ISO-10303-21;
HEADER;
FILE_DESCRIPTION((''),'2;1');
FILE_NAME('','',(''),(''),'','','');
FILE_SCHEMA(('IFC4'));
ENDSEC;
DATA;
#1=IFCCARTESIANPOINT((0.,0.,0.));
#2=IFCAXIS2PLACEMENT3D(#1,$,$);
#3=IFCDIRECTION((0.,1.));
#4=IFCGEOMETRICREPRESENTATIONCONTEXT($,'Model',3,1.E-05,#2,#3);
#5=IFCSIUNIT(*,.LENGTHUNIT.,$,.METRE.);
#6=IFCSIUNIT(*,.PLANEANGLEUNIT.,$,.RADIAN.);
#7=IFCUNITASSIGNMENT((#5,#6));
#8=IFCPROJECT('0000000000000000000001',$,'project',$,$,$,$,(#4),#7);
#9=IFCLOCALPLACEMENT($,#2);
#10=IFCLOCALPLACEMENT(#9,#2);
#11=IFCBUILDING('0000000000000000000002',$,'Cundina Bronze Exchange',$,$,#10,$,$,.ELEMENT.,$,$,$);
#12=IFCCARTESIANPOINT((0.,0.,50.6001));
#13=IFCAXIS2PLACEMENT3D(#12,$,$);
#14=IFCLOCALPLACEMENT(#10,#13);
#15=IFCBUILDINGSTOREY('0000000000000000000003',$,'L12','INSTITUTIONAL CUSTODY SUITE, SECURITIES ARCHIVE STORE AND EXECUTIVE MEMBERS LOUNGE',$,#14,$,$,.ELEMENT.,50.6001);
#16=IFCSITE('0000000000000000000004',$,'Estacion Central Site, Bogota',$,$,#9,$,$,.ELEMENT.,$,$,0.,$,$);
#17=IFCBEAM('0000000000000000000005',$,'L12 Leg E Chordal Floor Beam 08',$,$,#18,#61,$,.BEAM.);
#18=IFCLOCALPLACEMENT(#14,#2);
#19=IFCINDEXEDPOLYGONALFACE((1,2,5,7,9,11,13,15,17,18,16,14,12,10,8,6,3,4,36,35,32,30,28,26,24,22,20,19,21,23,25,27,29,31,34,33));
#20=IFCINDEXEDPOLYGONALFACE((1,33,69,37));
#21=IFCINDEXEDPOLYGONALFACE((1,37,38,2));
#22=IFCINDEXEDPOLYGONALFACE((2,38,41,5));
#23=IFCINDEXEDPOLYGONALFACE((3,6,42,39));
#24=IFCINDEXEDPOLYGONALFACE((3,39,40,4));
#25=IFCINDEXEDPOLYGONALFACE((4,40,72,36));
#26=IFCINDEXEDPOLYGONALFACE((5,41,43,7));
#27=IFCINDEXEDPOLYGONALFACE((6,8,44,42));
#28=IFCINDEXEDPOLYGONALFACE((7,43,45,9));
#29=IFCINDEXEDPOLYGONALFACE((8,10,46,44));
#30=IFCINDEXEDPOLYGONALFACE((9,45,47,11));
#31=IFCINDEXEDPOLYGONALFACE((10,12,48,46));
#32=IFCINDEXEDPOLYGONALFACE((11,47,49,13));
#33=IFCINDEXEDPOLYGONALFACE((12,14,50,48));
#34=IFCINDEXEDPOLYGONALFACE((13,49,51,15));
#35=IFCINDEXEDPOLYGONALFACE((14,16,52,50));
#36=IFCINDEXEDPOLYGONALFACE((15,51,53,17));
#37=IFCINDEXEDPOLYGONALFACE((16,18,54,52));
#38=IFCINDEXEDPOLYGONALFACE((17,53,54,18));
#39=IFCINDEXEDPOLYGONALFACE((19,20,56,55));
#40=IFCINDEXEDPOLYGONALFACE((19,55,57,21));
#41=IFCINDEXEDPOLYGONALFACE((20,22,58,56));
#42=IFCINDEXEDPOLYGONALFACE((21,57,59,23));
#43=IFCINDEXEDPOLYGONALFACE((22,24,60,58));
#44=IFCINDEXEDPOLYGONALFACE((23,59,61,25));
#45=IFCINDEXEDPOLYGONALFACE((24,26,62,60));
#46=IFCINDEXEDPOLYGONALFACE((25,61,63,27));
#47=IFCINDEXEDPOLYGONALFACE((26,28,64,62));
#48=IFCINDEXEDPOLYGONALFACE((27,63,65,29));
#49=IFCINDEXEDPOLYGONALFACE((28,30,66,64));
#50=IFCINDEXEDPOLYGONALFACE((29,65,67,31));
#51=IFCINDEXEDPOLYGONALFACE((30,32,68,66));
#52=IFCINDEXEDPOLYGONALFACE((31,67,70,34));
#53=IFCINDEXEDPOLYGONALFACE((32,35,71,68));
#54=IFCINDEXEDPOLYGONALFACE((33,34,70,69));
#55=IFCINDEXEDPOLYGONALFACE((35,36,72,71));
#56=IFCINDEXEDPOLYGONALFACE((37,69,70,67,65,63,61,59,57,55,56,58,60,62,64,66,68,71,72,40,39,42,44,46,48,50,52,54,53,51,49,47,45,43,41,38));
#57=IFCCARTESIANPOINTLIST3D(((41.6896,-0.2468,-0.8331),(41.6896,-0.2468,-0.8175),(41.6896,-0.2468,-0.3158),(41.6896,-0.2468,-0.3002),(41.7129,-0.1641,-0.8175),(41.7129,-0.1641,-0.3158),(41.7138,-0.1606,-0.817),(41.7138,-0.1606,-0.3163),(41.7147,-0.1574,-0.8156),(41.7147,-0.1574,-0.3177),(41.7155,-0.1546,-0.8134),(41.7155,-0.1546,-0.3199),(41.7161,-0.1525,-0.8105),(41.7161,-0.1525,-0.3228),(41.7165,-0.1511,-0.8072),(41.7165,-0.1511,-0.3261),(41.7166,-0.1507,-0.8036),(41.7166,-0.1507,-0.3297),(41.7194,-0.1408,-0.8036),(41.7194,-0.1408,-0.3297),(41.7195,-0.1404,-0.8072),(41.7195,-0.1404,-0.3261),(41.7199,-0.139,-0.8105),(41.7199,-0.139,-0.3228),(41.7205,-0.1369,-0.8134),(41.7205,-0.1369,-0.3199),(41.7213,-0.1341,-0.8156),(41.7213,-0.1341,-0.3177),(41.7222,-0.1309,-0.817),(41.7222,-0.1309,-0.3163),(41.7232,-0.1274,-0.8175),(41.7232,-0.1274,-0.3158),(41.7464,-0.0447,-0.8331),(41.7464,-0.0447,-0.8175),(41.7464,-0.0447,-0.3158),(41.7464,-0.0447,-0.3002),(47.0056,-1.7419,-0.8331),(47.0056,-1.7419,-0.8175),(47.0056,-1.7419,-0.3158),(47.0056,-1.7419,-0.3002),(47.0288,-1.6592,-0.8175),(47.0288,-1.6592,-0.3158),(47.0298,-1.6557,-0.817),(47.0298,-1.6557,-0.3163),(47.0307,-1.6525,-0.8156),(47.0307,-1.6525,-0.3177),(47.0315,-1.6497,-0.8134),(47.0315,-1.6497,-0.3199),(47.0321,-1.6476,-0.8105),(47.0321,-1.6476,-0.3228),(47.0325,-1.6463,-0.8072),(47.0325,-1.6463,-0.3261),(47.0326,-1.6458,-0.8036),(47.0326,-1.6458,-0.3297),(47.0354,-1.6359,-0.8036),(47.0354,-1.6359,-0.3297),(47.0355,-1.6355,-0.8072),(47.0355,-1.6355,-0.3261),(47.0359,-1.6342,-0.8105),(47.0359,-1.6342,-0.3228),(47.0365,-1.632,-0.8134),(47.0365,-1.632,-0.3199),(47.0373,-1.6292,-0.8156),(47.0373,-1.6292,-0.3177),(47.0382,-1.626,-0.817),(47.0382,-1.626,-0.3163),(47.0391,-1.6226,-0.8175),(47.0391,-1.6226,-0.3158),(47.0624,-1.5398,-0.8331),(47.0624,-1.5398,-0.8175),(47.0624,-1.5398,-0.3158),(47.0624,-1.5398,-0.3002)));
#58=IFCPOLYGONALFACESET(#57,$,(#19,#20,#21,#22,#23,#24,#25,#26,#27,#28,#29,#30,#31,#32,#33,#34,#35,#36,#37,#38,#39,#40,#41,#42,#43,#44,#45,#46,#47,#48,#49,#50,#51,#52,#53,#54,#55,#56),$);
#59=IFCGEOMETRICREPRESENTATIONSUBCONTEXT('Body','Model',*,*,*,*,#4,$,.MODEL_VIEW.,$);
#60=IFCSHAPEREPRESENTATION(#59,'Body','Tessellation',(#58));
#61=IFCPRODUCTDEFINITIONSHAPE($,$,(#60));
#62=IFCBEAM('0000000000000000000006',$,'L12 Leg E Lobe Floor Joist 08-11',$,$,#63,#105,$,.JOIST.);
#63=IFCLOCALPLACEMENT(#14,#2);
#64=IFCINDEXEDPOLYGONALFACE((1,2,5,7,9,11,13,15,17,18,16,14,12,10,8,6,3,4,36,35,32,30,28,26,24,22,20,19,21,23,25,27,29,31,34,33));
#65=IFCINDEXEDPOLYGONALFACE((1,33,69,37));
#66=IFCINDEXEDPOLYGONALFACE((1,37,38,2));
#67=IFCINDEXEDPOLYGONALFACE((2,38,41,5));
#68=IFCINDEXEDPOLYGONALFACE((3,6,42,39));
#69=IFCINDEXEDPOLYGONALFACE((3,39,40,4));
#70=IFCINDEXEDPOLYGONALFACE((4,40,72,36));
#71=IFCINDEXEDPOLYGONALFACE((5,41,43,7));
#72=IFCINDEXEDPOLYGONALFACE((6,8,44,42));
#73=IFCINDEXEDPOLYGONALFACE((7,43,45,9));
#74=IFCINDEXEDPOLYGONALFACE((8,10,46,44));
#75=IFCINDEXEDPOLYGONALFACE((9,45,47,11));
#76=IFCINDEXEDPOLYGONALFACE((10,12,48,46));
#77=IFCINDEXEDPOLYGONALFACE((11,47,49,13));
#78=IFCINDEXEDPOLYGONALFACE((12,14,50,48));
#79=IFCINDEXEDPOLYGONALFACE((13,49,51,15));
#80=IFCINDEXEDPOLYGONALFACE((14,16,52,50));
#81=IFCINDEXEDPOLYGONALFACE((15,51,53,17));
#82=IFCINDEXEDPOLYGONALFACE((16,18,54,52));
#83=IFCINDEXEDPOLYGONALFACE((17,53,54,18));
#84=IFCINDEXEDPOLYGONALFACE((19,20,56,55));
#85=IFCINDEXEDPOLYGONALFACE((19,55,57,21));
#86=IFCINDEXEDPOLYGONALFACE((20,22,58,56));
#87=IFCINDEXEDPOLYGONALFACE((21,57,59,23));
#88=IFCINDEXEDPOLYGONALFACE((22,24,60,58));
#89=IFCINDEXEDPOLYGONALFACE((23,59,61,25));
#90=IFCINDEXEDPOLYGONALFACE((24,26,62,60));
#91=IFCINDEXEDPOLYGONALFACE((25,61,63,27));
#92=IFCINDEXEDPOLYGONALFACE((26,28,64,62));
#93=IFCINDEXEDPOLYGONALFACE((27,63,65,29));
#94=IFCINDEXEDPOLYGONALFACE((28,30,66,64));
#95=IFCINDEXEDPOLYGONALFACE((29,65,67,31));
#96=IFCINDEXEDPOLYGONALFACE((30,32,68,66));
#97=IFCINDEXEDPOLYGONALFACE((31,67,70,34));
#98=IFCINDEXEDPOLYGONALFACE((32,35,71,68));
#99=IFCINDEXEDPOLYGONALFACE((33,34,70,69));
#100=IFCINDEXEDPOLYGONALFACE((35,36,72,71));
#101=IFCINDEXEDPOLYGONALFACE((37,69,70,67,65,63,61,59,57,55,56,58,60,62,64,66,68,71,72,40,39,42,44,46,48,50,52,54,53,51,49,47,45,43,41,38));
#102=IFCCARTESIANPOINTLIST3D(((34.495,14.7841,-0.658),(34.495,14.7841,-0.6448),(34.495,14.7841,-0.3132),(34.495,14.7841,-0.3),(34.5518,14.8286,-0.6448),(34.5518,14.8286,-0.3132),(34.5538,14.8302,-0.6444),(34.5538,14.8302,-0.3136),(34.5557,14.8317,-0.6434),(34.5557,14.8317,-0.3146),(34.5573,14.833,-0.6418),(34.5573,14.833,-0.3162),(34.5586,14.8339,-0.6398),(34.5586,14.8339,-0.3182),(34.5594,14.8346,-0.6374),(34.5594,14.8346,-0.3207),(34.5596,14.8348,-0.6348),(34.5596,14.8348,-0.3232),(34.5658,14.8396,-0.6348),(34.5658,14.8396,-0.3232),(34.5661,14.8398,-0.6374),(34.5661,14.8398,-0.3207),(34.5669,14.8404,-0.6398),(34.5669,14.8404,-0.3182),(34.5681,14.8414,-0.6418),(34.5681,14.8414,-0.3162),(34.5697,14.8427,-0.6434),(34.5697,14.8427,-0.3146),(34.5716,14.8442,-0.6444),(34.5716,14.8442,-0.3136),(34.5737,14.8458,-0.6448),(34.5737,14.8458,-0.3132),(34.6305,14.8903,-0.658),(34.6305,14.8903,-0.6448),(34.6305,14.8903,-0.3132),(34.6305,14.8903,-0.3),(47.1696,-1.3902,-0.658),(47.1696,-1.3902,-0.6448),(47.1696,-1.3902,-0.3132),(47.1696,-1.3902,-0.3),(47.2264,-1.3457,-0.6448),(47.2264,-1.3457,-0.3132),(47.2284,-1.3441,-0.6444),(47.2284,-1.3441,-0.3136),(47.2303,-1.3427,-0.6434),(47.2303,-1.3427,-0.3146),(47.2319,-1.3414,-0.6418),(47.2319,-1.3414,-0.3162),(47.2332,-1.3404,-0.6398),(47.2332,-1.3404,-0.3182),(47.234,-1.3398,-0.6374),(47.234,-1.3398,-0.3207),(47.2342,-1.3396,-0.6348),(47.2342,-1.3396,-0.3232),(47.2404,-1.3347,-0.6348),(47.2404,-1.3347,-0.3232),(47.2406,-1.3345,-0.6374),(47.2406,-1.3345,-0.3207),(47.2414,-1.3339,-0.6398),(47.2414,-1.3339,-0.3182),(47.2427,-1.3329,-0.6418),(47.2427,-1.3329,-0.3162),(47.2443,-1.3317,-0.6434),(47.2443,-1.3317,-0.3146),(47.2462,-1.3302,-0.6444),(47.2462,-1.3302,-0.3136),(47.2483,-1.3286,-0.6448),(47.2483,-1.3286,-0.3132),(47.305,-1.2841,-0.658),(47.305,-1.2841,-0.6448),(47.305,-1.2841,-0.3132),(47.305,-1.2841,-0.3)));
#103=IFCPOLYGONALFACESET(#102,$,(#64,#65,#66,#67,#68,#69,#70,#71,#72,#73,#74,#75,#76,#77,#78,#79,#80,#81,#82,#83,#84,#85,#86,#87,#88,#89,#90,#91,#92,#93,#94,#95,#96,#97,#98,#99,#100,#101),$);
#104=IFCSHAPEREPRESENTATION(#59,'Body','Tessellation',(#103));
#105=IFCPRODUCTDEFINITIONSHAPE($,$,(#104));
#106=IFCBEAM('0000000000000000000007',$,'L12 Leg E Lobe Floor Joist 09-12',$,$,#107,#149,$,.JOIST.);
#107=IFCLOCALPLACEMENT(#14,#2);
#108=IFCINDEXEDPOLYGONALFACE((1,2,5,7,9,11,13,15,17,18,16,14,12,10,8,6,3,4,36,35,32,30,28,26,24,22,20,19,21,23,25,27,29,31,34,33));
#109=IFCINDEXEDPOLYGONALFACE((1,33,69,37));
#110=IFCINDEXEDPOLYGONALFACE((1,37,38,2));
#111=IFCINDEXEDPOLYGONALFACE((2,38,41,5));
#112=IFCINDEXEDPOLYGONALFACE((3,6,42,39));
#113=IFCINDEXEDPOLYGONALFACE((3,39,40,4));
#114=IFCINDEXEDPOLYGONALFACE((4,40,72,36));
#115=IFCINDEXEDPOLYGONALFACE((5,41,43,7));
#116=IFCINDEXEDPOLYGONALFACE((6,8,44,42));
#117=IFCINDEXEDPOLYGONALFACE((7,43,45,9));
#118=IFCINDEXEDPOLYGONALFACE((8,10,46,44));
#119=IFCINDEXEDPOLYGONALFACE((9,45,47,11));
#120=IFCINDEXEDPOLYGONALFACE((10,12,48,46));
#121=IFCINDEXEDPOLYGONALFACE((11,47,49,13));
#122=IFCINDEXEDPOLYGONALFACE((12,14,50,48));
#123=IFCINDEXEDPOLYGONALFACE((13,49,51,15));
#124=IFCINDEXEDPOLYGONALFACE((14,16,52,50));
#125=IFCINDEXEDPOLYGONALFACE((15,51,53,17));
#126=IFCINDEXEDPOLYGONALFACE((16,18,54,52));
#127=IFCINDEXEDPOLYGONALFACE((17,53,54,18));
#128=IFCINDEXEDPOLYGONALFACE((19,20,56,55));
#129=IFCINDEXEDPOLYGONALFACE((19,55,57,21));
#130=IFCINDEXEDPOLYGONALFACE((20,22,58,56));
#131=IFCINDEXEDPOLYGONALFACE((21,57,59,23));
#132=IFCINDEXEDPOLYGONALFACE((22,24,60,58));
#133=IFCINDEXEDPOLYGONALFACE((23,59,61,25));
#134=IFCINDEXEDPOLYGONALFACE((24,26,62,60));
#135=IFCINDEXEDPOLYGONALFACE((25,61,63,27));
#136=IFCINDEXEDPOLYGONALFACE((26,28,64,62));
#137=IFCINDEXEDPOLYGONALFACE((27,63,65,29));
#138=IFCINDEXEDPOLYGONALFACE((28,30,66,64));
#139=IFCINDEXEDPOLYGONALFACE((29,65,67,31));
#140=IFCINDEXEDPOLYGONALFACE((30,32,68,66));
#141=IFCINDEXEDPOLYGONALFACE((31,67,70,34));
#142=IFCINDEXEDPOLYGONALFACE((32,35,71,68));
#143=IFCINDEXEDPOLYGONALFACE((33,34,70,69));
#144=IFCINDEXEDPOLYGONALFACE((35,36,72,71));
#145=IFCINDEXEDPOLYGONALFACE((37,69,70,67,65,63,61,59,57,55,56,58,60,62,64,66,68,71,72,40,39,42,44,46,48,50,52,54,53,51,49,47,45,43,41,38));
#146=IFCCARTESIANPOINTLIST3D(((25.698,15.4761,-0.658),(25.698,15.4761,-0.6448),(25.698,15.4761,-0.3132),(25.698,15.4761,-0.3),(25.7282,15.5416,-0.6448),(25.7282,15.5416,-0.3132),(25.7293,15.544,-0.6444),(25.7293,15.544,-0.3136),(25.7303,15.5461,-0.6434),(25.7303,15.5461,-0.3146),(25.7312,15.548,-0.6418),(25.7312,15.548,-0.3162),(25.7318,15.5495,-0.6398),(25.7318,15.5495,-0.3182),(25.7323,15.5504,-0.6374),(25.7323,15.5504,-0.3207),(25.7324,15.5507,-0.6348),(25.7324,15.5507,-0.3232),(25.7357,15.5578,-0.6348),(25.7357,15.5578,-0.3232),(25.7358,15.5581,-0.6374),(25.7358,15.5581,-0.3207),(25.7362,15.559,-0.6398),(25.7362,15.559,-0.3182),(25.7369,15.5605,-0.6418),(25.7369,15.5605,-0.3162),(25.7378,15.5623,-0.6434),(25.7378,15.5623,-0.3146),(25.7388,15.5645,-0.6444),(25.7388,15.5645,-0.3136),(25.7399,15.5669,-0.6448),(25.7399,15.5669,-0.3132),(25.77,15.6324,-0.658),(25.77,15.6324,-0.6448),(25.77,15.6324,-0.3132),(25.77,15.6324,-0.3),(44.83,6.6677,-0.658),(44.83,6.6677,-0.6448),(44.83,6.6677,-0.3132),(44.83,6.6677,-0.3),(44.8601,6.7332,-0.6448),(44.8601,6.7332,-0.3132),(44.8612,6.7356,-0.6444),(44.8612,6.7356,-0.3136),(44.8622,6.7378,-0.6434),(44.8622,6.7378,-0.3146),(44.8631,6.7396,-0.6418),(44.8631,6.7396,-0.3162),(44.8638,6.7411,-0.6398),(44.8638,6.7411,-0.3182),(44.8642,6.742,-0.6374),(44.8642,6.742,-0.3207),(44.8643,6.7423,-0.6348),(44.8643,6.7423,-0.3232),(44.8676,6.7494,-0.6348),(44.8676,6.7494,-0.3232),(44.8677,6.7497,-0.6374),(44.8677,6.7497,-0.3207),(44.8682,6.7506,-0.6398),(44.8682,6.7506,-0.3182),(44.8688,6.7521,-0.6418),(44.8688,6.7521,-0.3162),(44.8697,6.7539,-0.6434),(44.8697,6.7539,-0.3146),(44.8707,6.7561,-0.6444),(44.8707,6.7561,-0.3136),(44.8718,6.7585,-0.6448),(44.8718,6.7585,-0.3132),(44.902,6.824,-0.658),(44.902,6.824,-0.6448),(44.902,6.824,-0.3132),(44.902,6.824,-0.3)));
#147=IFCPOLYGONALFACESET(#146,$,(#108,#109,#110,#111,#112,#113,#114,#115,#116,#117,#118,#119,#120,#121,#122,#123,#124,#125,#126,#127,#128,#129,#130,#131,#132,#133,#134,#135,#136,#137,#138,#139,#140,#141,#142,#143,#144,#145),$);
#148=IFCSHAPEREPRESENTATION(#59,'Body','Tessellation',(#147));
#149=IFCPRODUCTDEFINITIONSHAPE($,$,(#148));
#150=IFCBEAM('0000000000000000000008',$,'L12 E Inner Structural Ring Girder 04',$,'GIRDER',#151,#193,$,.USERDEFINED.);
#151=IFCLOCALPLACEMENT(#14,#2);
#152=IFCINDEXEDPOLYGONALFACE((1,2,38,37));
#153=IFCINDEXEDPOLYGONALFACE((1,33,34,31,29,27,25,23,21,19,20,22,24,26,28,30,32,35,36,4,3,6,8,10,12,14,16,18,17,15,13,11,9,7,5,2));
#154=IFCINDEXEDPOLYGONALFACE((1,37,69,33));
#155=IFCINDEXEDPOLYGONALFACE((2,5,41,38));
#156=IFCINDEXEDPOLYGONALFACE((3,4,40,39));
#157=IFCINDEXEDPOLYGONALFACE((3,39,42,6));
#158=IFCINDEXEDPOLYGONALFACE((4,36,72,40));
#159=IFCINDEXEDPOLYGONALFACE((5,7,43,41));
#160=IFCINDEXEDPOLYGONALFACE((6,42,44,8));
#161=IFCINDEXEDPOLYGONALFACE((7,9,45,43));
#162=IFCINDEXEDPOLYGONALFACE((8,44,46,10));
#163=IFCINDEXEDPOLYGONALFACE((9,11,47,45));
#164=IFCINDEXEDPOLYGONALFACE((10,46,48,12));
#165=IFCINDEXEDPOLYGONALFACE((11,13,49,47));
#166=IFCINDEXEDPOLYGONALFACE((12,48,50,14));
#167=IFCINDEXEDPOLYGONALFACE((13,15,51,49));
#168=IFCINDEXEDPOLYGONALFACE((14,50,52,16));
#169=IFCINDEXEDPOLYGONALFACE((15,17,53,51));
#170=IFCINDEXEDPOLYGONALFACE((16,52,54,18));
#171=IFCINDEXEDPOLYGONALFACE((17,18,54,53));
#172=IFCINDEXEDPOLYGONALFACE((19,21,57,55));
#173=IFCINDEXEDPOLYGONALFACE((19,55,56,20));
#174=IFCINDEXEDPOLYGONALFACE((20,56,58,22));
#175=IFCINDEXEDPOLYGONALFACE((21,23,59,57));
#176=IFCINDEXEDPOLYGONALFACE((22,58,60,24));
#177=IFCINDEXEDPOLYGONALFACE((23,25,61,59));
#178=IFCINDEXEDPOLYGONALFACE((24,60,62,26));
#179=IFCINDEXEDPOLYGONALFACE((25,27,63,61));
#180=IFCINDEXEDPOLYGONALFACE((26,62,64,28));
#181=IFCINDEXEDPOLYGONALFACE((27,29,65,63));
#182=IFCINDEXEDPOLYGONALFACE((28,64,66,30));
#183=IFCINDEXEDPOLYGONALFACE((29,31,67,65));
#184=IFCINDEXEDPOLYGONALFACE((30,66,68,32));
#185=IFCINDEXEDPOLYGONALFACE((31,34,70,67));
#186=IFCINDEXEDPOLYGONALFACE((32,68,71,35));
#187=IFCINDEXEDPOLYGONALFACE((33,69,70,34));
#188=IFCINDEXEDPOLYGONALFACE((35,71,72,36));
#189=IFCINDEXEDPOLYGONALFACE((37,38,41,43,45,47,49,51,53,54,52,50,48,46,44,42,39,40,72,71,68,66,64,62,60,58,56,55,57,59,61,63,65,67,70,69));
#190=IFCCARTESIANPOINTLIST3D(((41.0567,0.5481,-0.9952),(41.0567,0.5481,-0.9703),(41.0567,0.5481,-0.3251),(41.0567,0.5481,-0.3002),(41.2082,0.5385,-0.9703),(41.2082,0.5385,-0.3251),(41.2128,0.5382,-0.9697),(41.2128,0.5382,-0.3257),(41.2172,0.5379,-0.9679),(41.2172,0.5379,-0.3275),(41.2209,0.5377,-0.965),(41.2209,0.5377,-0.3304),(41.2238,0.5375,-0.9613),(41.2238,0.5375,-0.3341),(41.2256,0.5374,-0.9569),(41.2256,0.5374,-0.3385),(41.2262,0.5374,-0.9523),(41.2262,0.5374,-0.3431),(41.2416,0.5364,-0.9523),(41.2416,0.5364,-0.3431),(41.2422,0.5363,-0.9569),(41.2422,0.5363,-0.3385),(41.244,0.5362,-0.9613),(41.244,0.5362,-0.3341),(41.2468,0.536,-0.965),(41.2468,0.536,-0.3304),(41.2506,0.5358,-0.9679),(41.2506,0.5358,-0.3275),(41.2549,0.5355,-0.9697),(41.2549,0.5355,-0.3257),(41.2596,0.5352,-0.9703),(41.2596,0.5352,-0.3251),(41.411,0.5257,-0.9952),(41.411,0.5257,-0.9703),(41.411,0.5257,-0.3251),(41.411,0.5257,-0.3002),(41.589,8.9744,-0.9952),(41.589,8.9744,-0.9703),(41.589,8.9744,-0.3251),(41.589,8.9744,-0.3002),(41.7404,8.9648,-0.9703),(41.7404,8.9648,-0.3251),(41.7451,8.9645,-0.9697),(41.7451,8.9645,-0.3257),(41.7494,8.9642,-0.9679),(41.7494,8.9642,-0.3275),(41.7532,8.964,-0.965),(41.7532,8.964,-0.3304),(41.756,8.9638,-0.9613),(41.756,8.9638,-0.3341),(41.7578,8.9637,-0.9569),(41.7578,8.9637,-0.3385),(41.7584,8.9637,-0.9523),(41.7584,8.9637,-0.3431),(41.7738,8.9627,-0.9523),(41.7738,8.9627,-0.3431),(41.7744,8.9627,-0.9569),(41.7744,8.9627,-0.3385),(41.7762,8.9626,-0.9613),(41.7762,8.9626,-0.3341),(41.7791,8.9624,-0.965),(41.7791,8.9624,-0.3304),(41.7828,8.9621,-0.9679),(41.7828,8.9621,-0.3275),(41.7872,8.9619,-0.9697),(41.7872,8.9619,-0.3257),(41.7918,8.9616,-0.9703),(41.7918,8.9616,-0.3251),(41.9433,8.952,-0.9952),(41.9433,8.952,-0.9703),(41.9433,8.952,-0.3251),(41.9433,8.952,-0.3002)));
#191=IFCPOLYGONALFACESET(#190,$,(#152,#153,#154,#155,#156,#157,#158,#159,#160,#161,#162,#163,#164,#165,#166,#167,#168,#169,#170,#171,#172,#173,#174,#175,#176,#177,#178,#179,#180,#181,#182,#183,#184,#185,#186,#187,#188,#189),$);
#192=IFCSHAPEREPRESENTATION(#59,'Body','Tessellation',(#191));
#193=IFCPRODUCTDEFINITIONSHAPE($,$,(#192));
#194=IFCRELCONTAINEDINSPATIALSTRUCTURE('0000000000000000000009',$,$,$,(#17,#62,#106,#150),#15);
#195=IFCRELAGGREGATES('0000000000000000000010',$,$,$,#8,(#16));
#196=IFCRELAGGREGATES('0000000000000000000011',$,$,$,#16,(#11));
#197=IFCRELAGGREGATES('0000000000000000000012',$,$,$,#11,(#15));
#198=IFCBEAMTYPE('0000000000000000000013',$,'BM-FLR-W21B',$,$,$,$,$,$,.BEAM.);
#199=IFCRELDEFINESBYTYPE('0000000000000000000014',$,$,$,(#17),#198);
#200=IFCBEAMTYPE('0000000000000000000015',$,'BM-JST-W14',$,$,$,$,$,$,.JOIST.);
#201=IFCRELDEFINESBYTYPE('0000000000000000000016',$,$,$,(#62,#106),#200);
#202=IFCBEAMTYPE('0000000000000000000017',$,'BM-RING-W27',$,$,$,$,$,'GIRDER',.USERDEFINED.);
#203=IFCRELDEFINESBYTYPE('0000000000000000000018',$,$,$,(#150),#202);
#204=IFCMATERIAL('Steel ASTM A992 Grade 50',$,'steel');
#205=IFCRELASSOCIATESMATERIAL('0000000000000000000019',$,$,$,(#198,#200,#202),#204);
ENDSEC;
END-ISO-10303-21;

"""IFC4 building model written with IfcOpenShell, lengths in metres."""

from ifc_helpers import new_model, si_unit, direction, frame, origin, origin_2d, place, context, subcontext, project, spatial, i_section, extrude, material, material_profile, profile_set, type_object, element, save


model = new_model("IFC4")

# Units and contexts
model_context = context("Model", 3, precision=1e-05, world=origin(), true_north=direction((0.0, 1.0)))
body_context = subcontext(model_context, "Body", "Model", "MODEL_VIEW")
ifc_project = project(units=[si_unit("LENGTHUNIT", "METRE"), si_unit("PLANEANGLEUNIT", "RADIAN")], contexts=[model_context])

# Site, building, storey
site_placement = place(None, origin())
site = spatial("IfcSite", under=ifc_project, at=site_placement, Name="Estacion Central Site, Bogota", CompositionType="ELEMENT", RefElevation=0.0)
building_placement = place(site_placement, origin())
building = spatial("IfcBuilding", under=site, at=building_placement, Name="Cundina Bronze Exchange", CompositionType="ELEMENT")
storey_placement = place(building_placement, frame((0.0, 0.0, 50.6001)))
storey = spatial("IfcBuildingStorey", under=building, at=storey_placement, Name="L12", Description="INSTITUTIONAL CUSTODY SUITE, SECURITIES ARCHIVE STORE AND EXECUTIVE MEMBERS LOUNGE", CompositionType="ELEMENT", Elevation=50.6001)

# Shared definitions
ifc_material_1 = material(Name="Steel ASTM A992 Grade 50", Category="steel")

# Beams
ifc_material_profile_1 = material_profile(ifc_material_1, i_section(OverallWidth=0.21, OverallDepth=0.533, WebThickness=0.0103, FlangeThickness=0.0156, FilletRadius=0.0139, at=origin_2d()), Name="W21X62", Category="steel")
ifc_profile_set_1 = profile_set([ifc_material_profile_1], Name="Steel ASTM A992 Grade 50")
beam_type_1 = type_object("IfcBeamType", Name="BM-FLR-W21B", PredefinedType="BEAM", material=ifc_profile_set_1)
beam_1_placement = place(storey_placement, frame((41.718, -0.1458, -0.5667), z_axis=(0.96265, -0.270748, 0.0), x_axis=(0.270748, 0.96265, 0.0)))
element("IfcBeam", 1, at=beam_1_placement, inside=storey, type_object=beam_type_1, Name="L12 Leg E Chordal Floor Beam 08", PredefinedType="BEAM", context=body_context, shape_type="SweptSolid", body=[
    extrude(i_section(OverallWidth=0.21, OverallDepth=0.533, WebThickness=0.0103, FlangeThickness=0.0156, FilletRadius=0.0139, at=origin_2d()), origin(), (0.0, 0.0, 1.0), 5.5222),
])
ifc_material_profile_2 = material_profile(ifc_material_1, i_section(OverallWidth=0.1721, OverallDepth=0.3579, WebThickness=0.0078, FlangeThickness=0.0132, FilletRadius=0.01, at=origin_2d()), Name="W14X38", Category="steel")
ifc_profile_set_2 = profile_set([ifc_material_profile_2], Name="Steel ASTM A992 Grade 50")
beam_type_2 = type_object("IfcBeamType", Name="BM-JST-W14", PredefinedType="JOIST", material=ifc_profile_set_2)
beam_2_placement = place(storey_placement, frame((47.2373, -1.3372, -0.479), z_axis=(-0.616803, 0.787117, 0.0), x_axis=(-0.787117, -0.616803, 0.0)))
element("IfcBeam", 2, at=beam_2_placement, inside=storey, type_object=beam_type_2, Name="L12 Leg E Lobe Floor Joist 08-11", PredefinedType="JOIST", context=body_context, shape_type="SweptSolid", body=[
    extrude(i_section(OverallWidth=0.1721, OverallDepth=0.3579, WebThickness=0.0078, FlangeThickness=0.0132, FilletRadius=0.01, at=origin_2d()), origin(), (0.0, 0.0, 1.0), 20.5488),
])
beam_3_placement = place(storey_placement, frame((44.866, 6.7458, -0.479), z_axis=(-0.908352, 0.418208, 0.0), x_axis=(-0.418208, -0.908352, 0.0)))
element("IfcBeam", 3, at=beam_3_placement, inside=storey, type_object=beam_type_2, Name="L12 Leg E Lobe Floor Joist 09-12", PredefinedType="JOIST", context=body_context, shape_type="SweptSolid", body=[
    extrude(i_section(OverallWidth=0.1721, OverallDepth=0.3579, WebThickness=0.0078, FlangeThickness=0.0132, FilletRadius=0.01, at=origin_2d()), origin(), (0.0, 0.0, 1.0), 21.0623),
])
ifc_material_profile_3 = material_profile(ifc_material_1, i_section(OverallWidth=0.355, OverallDepth=0.6951, WebThickness=0.0154, FlangeThickness=0.0249, FilletRadius=0.0181, at=origin_2d()), Name="W27X146", Category="steel")
ifc_profile_set_3 = profile_set([ifc_material_profile_3], Name="Steel ASTM A992 Grade 50")
beam_type_3 = type_object("IfcBeamType", Name="BM-RING-W27", ElementType="GIRDER", PredefinedType="USERDEFINED", material=ifc_profile_set_3)
beam_4_placement = place(storey_placement, frame((41.2339, 0.5369, -0.6477), z_axis=(0.063037, 0.998011, 0.0), x_axis=(-0.998011, 0.063037, 0.0)))
element("IfcBeam", 4, at=beam_4_placement, inside=storey, type_object=beam_type_3, Name="L12 E Inner Structural Ring Girder 04", ObjectType="GIRDER", PredefinedType="USERDEFINED", context=body_context, shape_type="SweptSolid", body=[
    extrude(i_section(OverallWidth=0.355, OverallDepth=0.6951, WebThickness=0.0154, FlangeThickness=0.0249, FilletRadius=0.0181, at=origin_2d()), origin(), (0.0, 0.0, 1.0), 8.4431),
])

save(model, "model.ifc")
